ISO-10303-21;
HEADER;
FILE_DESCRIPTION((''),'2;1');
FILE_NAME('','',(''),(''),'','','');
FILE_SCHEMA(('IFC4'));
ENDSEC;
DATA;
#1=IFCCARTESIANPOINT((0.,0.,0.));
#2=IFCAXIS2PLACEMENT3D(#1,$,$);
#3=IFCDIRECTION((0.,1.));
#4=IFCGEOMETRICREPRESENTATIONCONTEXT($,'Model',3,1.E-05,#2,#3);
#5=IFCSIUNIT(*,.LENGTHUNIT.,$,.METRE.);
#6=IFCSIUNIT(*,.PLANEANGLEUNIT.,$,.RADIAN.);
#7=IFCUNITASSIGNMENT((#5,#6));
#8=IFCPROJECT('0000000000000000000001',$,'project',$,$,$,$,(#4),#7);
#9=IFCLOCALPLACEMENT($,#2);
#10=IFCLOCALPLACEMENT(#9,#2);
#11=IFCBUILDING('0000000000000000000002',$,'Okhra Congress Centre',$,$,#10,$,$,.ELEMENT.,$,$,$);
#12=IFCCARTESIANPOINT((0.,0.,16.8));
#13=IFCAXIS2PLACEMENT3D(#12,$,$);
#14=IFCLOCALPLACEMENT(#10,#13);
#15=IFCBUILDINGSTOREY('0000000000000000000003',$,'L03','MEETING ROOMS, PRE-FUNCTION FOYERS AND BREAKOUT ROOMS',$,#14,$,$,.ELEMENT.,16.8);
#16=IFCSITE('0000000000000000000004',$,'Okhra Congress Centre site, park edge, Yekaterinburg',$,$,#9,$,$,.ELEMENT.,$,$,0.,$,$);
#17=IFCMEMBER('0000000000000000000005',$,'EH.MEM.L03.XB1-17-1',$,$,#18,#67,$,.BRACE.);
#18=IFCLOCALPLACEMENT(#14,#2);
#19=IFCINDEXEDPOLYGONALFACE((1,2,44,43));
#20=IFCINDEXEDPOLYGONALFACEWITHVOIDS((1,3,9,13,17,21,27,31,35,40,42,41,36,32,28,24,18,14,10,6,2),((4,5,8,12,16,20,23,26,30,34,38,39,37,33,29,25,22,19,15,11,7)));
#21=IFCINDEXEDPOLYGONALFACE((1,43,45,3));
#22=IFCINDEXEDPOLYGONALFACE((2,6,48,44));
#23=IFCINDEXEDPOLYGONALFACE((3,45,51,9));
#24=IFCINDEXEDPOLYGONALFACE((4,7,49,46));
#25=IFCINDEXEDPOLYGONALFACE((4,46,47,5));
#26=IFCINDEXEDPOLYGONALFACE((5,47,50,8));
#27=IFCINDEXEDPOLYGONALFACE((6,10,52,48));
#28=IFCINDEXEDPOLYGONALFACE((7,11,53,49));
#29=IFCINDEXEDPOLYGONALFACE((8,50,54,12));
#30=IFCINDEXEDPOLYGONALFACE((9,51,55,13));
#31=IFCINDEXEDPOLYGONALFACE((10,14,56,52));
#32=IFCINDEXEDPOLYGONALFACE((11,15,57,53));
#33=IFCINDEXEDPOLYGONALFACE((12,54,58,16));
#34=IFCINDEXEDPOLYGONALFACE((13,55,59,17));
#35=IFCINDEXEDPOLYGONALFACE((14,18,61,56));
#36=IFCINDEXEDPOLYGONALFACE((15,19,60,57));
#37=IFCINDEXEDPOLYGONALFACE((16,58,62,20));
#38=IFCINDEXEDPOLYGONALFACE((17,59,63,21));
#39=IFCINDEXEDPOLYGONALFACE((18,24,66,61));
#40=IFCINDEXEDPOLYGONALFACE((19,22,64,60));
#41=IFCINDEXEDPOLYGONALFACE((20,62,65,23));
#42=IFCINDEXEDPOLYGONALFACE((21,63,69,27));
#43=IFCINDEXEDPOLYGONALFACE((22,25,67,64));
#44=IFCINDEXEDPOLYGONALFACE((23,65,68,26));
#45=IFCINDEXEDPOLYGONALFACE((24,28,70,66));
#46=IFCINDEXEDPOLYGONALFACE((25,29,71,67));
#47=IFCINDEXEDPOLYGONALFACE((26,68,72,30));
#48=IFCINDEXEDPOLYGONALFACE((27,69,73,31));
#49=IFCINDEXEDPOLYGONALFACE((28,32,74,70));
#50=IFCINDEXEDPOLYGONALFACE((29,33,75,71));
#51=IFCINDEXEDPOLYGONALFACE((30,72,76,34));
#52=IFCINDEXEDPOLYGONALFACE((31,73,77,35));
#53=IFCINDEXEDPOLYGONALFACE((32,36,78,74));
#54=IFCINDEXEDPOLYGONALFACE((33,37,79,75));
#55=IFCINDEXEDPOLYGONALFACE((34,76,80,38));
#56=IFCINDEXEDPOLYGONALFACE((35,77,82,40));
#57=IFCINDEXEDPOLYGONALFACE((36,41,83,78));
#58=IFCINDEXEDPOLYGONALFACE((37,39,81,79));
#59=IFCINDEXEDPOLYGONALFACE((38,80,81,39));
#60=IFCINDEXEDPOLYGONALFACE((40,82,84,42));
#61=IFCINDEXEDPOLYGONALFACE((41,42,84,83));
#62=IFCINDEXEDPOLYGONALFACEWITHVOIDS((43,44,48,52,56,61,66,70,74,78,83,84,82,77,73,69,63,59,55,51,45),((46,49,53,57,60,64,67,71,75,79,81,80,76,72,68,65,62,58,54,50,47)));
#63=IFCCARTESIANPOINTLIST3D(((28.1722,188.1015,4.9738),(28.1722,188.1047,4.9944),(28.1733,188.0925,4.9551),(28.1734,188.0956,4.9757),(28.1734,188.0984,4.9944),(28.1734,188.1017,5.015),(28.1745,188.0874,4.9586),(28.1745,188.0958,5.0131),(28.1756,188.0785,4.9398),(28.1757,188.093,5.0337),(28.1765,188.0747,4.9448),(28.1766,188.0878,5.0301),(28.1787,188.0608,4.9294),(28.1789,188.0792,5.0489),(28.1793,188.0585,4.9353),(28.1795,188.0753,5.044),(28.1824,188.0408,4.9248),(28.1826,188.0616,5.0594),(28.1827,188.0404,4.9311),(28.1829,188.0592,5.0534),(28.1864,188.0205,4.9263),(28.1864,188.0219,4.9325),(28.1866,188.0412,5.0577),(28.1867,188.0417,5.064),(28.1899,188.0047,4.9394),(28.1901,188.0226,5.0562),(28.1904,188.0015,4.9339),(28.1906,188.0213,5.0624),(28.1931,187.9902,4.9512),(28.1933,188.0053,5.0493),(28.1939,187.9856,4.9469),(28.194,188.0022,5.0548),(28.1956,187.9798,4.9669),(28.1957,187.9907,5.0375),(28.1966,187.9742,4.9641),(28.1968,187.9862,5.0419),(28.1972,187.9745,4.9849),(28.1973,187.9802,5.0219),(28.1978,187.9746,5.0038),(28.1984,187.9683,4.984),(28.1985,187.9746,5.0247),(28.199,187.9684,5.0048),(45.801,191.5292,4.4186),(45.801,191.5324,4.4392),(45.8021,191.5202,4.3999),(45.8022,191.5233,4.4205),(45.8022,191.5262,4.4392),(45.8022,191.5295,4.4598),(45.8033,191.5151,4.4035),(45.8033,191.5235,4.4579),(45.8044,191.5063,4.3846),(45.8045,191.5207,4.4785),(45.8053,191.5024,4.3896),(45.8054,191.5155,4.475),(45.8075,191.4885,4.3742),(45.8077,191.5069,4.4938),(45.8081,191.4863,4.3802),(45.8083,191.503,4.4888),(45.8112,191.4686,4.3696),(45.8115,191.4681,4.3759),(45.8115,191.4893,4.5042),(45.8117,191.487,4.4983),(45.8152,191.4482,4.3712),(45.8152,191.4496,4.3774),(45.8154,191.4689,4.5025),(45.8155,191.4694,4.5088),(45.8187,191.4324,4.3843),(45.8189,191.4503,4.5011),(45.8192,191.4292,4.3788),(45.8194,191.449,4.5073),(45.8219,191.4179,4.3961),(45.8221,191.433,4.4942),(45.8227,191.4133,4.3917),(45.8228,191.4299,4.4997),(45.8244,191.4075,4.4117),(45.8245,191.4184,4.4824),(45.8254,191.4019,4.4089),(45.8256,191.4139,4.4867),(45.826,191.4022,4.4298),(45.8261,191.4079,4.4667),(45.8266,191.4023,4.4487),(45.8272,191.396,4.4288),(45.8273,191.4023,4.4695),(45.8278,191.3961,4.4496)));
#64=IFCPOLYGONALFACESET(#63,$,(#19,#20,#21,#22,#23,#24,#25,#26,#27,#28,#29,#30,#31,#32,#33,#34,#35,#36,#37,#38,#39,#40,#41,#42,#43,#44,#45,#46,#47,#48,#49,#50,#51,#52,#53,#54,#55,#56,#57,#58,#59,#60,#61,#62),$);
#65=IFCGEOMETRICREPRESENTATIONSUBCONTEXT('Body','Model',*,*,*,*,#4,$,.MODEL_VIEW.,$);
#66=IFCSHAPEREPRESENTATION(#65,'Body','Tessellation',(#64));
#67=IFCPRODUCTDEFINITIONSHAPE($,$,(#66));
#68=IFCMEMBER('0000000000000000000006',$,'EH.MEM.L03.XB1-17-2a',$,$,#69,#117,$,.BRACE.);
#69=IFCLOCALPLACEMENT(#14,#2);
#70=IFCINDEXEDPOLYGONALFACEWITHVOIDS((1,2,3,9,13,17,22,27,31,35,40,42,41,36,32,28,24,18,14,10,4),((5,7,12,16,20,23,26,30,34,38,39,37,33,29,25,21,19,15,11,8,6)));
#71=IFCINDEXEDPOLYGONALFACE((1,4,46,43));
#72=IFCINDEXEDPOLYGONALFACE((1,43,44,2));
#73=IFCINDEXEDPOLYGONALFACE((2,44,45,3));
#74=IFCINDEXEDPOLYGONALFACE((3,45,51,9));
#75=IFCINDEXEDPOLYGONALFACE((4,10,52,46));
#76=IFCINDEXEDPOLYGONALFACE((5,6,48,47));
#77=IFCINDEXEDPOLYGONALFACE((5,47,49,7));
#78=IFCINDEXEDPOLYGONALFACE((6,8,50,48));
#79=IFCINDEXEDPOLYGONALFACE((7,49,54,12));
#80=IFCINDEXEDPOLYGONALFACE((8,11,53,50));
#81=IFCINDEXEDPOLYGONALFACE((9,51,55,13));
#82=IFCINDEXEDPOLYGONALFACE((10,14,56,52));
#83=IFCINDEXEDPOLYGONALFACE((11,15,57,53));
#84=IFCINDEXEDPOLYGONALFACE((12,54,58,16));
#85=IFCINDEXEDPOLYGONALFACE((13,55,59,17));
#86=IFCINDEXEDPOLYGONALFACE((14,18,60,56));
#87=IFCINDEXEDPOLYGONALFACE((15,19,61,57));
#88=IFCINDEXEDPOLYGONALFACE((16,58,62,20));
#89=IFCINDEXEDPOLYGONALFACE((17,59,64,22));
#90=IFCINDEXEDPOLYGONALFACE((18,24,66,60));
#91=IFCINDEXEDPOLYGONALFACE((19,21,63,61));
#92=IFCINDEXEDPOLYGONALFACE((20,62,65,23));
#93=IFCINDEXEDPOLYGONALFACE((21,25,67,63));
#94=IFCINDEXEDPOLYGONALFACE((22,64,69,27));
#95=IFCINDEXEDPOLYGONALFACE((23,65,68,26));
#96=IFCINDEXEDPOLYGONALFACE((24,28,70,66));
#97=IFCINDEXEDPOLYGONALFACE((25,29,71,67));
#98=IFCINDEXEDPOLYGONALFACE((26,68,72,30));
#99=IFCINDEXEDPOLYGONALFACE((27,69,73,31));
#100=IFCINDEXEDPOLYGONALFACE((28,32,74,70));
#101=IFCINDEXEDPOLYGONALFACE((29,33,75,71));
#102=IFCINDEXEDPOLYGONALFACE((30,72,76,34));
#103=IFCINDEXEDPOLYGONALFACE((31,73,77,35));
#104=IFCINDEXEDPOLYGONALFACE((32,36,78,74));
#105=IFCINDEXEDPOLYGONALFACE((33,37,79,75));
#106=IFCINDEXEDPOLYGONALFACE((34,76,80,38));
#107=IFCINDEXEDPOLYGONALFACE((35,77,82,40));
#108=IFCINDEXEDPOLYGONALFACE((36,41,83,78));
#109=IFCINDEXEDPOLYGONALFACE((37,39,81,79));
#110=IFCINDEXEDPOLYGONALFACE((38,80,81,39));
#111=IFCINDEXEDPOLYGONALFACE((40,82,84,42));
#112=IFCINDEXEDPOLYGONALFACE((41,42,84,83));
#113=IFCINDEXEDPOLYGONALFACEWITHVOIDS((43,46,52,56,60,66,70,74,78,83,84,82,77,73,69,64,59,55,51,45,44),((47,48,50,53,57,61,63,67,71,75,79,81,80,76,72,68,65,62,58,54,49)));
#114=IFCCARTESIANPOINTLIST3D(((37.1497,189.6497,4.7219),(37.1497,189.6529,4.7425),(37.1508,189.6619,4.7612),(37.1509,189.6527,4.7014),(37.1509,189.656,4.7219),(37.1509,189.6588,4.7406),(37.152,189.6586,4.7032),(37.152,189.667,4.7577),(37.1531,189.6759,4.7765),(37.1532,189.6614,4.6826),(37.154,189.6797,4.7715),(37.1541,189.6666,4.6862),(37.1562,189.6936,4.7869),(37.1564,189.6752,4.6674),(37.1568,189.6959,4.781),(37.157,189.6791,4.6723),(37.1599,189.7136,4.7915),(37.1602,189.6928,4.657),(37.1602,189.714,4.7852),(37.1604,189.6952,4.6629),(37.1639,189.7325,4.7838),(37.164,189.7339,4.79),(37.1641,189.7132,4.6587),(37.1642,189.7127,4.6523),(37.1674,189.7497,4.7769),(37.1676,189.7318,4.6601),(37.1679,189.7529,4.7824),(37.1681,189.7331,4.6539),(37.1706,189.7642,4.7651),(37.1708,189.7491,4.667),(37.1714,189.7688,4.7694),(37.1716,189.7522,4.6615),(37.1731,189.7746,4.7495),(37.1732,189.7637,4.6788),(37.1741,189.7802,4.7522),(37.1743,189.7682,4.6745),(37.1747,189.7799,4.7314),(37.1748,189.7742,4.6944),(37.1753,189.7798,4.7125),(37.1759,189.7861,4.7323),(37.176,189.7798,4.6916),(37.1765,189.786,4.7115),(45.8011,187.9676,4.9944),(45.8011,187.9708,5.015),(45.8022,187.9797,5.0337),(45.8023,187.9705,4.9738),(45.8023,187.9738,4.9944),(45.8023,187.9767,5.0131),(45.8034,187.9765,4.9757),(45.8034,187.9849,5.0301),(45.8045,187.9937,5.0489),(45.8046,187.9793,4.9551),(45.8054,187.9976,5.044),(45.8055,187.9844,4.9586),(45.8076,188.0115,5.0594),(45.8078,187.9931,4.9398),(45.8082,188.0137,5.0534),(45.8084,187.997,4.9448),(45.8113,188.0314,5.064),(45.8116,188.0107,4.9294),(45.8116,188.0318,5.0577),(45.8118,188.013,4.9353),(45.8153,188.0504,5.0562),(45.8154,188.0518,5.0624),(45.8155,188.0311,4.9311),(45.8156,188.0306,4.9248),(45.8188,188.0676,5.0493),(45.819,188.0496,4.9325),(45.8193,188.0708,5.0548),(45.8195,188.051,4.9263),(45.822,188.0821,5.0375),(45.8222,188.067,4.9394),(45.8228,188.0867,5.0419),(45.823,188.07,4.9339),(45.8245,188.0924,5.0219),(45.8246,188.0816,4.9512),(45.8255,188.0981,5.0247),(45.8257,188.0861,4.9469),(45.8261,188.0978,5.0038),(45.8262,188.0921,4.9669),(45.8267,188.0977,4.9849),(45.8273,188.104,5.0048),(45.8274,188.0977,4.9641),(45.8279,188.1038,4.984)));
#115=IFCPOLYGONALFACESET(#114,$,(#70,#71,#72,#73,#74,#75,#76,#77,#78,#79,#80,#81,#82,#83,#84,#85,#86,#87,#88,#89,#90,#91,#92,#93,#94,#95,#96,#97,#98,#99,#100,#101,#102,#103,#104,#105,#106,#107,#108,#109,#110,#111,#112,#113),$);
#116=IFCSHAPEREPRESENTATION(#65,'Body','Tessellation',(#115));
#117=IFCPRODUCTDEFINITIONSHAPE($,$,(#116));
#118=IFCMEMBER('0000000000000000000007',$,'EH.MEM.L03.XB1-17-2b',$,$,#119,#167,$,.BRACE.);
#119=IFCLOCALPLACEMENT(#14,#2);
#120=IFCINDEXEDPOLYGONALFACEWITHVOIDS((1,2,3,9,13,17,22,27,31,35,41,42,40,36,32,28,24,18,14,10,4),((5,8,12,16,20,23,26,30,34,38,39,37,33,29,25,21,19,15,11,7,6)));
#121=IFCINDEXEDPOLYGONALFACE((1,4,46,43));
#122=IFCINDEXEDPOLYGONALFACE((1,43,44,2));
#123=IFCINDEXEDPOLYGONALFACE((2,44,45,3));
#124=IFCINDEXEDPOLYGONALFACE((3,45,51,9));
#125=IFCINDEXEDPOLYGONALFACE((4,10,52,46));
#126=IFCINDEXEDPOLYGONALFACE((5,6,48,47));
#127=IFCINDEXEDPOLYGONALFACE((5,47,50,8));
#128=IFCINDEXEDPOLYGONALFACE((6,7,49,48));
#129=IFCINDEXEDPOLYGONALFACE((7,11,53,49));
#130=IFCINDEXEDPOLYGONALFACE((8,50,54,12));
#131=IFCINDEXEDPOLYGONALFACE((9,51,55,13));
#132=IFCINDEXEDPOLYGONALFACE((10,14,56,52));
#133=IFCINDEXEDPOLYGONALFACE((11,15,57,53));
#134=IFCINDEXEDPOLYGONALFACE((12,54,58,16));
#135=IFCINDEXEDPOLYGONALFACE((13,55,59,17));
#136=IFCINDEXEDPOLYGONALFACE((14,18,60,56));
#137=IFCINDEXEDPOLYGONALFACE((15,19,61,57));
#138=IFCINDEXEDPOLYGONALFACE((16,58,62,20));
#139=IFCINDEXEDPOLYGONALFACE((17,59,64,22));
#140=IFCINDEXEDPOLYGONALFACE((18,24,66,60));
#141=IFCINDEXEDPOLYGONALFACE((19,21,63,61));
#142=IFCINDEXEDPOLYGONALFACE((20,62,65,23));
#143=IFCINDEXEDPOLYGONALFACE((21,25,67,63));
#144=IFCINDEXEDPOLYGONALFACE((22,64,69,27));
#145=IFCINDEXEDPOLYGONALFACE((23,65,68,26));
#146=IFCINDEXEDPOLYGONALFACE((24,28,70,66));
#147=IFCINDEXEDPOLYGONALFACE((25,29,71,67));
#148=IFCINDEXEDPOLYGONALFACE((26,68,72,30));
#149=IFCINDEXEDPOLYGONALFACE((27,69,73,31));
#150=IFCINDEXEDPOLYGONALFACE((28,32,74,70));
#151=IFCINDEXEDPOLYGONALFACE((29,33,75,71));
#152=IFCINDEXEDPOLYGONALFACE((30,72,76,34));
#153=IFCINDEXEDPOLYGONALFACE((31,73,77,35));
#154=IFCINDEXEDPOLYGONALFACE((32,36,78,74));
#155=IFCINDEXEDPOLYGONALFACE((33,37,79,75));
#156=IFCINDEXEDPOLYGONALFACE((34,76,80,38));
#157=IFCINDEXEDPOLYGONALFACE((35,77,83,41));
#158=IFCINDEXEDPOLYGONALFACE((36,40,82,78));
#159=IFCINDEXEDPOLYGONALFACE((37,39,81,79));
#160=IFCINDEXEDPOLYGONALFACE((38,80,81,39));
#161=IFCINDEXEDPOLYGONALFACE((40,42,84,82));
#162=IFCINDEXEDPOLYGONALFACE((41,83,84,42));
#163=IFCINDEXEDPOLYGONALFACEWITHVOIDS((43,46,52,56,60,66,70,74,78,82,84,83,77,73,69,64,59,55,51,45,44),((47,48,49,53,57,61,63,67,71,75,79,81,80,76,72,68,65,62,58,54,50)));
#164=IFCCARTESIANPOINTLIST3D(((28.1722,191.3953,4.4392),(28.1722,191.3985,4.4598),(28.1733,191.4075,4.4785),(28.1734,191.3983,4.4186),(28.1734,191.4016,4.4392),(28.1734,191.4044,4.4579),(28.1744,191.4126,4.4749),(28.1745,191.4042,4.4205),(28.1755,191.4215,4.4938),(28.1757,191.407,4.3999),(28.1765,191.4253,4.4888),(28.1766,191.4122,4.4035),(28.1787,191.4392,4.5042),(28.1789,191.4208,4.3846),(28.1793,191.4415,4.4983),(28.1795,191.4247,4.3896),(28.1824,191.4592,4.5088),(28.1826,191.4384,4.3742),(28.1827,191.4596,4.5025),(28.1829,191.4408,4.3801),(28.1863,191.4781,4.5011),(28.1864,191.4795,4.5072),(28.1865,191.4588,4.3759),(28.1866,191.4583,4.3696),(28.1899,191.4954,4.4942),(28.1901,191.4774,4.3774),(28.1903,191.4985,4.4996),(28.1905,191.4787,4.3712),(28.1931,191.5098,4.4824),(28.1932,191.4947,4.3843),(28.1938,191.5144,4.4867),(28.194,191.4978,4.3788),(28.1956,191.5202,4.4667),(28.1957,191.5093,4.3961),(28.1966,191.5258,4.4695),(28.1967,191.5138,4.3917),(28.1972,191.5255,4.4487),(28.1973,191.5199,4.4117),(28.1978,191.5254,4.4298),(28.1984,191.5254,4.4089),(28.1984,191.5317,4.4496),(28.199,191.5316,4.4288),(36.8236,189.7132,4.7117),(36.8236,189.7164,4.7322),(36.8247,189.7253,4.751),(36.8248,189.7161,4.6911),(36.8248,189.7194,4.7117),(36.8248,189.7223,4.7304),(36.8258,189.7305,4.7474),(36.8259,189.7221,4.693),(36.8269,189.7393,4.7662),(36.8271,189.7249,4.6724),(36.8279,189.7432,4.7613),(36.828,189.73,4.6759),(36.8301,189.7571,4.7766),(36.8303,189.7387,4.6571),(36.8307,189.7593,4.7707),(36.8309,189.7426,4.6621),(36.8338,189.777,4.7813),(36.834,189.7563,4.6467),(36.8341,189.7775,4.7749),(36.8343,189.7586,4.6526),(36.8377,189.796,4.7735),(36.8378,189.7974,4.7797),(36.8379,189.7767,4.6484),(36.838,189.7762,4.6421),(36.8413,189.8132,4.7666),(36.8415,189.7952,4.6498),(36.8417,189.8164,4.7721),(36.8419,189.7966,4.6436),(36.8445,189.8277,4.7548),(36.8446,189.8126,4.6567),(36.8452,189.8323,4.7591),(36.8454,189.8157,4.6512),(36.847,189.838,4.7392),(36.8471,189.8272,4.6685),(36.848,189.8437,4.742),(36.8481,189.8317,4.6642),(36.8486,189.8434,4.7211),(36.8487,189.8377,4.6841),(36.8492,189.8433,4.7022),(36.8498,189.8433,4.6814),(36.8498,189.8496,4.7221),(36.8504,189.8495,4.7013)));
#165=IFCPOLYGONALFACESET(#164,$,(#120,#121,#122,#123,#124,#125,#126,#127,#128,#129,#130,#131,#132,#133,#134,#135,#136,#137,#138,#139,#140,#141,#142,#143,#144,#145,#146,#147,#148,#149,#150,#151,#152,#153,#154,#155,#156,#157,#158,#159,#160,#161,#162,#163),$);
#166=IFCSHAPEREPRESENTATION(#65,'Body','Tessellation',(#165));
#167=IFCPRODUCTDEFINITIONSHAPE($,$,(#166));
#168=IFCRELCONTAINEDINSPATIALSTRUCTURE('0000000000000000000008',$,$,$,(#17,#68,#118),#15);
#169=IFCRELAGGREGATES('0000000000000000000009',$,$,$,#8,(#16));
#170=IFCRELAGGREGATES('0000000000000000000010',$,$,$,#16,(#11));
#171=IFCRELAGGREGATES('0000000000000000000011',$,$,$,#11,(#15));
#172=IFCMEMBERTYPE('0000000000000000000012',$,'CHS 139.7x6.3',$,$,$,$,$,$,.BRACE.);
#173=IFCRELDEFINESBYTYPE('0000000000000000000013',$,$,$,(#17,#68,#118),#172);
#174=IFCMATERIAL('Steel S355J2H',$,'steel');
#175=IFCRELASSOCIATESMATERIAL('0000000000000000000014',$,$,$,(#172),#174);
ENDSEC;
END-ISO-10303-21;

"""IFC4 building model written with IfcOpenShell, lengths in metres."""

from ifc_helpers import new_model, si_unit, direction, frame, origin, origin_2d, place, context, subcontext, project, spatial, hollow_circle, extrude, material, material_profile, profile_set, type_object, element, save


model = new_model("IFC4")

# Units and contexts
model_context = context("Model", 3, precision=1e-05, world=origin(), true_north=direction((0.0, 1.0)))
body_context = subcontext(model_context, "Body", "Model", "MODEL_VIEW")
ifc_project = project(units=[si_unit("LENGTHUNIT", "METRE"), si_unit("PLANEANGLEUNIT", "RADIAN")], contexts=[model_context])

# Site, building, storey
site_placement = place(None, origin())
site = spatial("IfcSite", under=ifc_project, at=site_placement, Name="Okhra Congress Centre site, park edge, Yekaterinburg", CompositionType="ELEMENT", RefElevation=0.0)
building_placement = place(site_placement, origin())
building = spatial("IfcBuilding", under=site, at=building_placement, Name="Okhra Congress Centre", CompositionType="ELEMENT")
storey_placement = place(building_placement, frame((0.0, 0.0, 16.8)))
storey = spatial("IfcBuildingStorey", under=building, at=storey_placement, Name="L03", Description="MEETING ROOMS, PRE-FUNCTION FOYERS AND BREAKOUT ROOMS", CompositionType="ELEMENT", Elevation=16.8)

# Members
ifc_material_1 = material(Name="Steel S355J2H", Category="steel")
ifc_material_profile_1 = material_profile(ifc_material_1, hollow_circle(Radius=0.0698, WallThickness=0.0063, at=origin_2d()), Name="CHS 139.7x6.3")
ifc_profile_set_1 = profile_set([ifc_material_profile_1], Name="Steel S355J2H")
member_type_1 = type_object("IfcMemberType", Name="CHS 139.7x6.3", PredefinedType="BRACE", material=ifc_profile_set_1)
member_1_placement = place(storey_placement, frame((28.1855, 188.0361, 4.9944), z_axis=(0.981148, 0.190773, -0.030899), x_axis=(-0.190864, 0.981617, 0.0)))
element("IfcMember", 1, at=member_1_placement, inside=storey, type_object=member_type_1, Name="EH.MEM.L03.XB1-17-1", PredefinedType="BRACE", context=body_context, shape_type="SweptSolid", body=[
    extrude(hollow_circle(Radius=0.0698, WallThickness=0.0063, at=origin_2d()), origin(), (0.0, 0.0, 1.0), 17.9675),
])
for number, where, z_axis, x_axis, name in (
    (2, (45.8145, 188.0361, 4.9944), (-0.981148, 0.19077, -0.0309), (-0.190861, -0.981617, 0.0), "EH.MEM.L03.XB1-17-2a"),
    (3, (36.8369, 189.7817, 4.7117), (-0.981148, 0.19077, -0.0309), (-0.190861, -0.981617, 0.0), "EH.MEM.L03.XB1-17-2b"),
):
    element("IfcMember", number, at=place(storey_placement, frame(where, z_axis=z_axis, x_axis=x_axis)), inside=storey, type_object=member_type_1, Name=name, PredefinedType="BRACE", context=body_context, shape_type="SweptSolid", body=[
        extrude(hollow_circle(Radius=0.0698, WallThickness=0.0063, at=origin_2d()), origin(), (0.0, 0.0, 1.0), 8.8176),
    ])

save(model, "model.ifc")
